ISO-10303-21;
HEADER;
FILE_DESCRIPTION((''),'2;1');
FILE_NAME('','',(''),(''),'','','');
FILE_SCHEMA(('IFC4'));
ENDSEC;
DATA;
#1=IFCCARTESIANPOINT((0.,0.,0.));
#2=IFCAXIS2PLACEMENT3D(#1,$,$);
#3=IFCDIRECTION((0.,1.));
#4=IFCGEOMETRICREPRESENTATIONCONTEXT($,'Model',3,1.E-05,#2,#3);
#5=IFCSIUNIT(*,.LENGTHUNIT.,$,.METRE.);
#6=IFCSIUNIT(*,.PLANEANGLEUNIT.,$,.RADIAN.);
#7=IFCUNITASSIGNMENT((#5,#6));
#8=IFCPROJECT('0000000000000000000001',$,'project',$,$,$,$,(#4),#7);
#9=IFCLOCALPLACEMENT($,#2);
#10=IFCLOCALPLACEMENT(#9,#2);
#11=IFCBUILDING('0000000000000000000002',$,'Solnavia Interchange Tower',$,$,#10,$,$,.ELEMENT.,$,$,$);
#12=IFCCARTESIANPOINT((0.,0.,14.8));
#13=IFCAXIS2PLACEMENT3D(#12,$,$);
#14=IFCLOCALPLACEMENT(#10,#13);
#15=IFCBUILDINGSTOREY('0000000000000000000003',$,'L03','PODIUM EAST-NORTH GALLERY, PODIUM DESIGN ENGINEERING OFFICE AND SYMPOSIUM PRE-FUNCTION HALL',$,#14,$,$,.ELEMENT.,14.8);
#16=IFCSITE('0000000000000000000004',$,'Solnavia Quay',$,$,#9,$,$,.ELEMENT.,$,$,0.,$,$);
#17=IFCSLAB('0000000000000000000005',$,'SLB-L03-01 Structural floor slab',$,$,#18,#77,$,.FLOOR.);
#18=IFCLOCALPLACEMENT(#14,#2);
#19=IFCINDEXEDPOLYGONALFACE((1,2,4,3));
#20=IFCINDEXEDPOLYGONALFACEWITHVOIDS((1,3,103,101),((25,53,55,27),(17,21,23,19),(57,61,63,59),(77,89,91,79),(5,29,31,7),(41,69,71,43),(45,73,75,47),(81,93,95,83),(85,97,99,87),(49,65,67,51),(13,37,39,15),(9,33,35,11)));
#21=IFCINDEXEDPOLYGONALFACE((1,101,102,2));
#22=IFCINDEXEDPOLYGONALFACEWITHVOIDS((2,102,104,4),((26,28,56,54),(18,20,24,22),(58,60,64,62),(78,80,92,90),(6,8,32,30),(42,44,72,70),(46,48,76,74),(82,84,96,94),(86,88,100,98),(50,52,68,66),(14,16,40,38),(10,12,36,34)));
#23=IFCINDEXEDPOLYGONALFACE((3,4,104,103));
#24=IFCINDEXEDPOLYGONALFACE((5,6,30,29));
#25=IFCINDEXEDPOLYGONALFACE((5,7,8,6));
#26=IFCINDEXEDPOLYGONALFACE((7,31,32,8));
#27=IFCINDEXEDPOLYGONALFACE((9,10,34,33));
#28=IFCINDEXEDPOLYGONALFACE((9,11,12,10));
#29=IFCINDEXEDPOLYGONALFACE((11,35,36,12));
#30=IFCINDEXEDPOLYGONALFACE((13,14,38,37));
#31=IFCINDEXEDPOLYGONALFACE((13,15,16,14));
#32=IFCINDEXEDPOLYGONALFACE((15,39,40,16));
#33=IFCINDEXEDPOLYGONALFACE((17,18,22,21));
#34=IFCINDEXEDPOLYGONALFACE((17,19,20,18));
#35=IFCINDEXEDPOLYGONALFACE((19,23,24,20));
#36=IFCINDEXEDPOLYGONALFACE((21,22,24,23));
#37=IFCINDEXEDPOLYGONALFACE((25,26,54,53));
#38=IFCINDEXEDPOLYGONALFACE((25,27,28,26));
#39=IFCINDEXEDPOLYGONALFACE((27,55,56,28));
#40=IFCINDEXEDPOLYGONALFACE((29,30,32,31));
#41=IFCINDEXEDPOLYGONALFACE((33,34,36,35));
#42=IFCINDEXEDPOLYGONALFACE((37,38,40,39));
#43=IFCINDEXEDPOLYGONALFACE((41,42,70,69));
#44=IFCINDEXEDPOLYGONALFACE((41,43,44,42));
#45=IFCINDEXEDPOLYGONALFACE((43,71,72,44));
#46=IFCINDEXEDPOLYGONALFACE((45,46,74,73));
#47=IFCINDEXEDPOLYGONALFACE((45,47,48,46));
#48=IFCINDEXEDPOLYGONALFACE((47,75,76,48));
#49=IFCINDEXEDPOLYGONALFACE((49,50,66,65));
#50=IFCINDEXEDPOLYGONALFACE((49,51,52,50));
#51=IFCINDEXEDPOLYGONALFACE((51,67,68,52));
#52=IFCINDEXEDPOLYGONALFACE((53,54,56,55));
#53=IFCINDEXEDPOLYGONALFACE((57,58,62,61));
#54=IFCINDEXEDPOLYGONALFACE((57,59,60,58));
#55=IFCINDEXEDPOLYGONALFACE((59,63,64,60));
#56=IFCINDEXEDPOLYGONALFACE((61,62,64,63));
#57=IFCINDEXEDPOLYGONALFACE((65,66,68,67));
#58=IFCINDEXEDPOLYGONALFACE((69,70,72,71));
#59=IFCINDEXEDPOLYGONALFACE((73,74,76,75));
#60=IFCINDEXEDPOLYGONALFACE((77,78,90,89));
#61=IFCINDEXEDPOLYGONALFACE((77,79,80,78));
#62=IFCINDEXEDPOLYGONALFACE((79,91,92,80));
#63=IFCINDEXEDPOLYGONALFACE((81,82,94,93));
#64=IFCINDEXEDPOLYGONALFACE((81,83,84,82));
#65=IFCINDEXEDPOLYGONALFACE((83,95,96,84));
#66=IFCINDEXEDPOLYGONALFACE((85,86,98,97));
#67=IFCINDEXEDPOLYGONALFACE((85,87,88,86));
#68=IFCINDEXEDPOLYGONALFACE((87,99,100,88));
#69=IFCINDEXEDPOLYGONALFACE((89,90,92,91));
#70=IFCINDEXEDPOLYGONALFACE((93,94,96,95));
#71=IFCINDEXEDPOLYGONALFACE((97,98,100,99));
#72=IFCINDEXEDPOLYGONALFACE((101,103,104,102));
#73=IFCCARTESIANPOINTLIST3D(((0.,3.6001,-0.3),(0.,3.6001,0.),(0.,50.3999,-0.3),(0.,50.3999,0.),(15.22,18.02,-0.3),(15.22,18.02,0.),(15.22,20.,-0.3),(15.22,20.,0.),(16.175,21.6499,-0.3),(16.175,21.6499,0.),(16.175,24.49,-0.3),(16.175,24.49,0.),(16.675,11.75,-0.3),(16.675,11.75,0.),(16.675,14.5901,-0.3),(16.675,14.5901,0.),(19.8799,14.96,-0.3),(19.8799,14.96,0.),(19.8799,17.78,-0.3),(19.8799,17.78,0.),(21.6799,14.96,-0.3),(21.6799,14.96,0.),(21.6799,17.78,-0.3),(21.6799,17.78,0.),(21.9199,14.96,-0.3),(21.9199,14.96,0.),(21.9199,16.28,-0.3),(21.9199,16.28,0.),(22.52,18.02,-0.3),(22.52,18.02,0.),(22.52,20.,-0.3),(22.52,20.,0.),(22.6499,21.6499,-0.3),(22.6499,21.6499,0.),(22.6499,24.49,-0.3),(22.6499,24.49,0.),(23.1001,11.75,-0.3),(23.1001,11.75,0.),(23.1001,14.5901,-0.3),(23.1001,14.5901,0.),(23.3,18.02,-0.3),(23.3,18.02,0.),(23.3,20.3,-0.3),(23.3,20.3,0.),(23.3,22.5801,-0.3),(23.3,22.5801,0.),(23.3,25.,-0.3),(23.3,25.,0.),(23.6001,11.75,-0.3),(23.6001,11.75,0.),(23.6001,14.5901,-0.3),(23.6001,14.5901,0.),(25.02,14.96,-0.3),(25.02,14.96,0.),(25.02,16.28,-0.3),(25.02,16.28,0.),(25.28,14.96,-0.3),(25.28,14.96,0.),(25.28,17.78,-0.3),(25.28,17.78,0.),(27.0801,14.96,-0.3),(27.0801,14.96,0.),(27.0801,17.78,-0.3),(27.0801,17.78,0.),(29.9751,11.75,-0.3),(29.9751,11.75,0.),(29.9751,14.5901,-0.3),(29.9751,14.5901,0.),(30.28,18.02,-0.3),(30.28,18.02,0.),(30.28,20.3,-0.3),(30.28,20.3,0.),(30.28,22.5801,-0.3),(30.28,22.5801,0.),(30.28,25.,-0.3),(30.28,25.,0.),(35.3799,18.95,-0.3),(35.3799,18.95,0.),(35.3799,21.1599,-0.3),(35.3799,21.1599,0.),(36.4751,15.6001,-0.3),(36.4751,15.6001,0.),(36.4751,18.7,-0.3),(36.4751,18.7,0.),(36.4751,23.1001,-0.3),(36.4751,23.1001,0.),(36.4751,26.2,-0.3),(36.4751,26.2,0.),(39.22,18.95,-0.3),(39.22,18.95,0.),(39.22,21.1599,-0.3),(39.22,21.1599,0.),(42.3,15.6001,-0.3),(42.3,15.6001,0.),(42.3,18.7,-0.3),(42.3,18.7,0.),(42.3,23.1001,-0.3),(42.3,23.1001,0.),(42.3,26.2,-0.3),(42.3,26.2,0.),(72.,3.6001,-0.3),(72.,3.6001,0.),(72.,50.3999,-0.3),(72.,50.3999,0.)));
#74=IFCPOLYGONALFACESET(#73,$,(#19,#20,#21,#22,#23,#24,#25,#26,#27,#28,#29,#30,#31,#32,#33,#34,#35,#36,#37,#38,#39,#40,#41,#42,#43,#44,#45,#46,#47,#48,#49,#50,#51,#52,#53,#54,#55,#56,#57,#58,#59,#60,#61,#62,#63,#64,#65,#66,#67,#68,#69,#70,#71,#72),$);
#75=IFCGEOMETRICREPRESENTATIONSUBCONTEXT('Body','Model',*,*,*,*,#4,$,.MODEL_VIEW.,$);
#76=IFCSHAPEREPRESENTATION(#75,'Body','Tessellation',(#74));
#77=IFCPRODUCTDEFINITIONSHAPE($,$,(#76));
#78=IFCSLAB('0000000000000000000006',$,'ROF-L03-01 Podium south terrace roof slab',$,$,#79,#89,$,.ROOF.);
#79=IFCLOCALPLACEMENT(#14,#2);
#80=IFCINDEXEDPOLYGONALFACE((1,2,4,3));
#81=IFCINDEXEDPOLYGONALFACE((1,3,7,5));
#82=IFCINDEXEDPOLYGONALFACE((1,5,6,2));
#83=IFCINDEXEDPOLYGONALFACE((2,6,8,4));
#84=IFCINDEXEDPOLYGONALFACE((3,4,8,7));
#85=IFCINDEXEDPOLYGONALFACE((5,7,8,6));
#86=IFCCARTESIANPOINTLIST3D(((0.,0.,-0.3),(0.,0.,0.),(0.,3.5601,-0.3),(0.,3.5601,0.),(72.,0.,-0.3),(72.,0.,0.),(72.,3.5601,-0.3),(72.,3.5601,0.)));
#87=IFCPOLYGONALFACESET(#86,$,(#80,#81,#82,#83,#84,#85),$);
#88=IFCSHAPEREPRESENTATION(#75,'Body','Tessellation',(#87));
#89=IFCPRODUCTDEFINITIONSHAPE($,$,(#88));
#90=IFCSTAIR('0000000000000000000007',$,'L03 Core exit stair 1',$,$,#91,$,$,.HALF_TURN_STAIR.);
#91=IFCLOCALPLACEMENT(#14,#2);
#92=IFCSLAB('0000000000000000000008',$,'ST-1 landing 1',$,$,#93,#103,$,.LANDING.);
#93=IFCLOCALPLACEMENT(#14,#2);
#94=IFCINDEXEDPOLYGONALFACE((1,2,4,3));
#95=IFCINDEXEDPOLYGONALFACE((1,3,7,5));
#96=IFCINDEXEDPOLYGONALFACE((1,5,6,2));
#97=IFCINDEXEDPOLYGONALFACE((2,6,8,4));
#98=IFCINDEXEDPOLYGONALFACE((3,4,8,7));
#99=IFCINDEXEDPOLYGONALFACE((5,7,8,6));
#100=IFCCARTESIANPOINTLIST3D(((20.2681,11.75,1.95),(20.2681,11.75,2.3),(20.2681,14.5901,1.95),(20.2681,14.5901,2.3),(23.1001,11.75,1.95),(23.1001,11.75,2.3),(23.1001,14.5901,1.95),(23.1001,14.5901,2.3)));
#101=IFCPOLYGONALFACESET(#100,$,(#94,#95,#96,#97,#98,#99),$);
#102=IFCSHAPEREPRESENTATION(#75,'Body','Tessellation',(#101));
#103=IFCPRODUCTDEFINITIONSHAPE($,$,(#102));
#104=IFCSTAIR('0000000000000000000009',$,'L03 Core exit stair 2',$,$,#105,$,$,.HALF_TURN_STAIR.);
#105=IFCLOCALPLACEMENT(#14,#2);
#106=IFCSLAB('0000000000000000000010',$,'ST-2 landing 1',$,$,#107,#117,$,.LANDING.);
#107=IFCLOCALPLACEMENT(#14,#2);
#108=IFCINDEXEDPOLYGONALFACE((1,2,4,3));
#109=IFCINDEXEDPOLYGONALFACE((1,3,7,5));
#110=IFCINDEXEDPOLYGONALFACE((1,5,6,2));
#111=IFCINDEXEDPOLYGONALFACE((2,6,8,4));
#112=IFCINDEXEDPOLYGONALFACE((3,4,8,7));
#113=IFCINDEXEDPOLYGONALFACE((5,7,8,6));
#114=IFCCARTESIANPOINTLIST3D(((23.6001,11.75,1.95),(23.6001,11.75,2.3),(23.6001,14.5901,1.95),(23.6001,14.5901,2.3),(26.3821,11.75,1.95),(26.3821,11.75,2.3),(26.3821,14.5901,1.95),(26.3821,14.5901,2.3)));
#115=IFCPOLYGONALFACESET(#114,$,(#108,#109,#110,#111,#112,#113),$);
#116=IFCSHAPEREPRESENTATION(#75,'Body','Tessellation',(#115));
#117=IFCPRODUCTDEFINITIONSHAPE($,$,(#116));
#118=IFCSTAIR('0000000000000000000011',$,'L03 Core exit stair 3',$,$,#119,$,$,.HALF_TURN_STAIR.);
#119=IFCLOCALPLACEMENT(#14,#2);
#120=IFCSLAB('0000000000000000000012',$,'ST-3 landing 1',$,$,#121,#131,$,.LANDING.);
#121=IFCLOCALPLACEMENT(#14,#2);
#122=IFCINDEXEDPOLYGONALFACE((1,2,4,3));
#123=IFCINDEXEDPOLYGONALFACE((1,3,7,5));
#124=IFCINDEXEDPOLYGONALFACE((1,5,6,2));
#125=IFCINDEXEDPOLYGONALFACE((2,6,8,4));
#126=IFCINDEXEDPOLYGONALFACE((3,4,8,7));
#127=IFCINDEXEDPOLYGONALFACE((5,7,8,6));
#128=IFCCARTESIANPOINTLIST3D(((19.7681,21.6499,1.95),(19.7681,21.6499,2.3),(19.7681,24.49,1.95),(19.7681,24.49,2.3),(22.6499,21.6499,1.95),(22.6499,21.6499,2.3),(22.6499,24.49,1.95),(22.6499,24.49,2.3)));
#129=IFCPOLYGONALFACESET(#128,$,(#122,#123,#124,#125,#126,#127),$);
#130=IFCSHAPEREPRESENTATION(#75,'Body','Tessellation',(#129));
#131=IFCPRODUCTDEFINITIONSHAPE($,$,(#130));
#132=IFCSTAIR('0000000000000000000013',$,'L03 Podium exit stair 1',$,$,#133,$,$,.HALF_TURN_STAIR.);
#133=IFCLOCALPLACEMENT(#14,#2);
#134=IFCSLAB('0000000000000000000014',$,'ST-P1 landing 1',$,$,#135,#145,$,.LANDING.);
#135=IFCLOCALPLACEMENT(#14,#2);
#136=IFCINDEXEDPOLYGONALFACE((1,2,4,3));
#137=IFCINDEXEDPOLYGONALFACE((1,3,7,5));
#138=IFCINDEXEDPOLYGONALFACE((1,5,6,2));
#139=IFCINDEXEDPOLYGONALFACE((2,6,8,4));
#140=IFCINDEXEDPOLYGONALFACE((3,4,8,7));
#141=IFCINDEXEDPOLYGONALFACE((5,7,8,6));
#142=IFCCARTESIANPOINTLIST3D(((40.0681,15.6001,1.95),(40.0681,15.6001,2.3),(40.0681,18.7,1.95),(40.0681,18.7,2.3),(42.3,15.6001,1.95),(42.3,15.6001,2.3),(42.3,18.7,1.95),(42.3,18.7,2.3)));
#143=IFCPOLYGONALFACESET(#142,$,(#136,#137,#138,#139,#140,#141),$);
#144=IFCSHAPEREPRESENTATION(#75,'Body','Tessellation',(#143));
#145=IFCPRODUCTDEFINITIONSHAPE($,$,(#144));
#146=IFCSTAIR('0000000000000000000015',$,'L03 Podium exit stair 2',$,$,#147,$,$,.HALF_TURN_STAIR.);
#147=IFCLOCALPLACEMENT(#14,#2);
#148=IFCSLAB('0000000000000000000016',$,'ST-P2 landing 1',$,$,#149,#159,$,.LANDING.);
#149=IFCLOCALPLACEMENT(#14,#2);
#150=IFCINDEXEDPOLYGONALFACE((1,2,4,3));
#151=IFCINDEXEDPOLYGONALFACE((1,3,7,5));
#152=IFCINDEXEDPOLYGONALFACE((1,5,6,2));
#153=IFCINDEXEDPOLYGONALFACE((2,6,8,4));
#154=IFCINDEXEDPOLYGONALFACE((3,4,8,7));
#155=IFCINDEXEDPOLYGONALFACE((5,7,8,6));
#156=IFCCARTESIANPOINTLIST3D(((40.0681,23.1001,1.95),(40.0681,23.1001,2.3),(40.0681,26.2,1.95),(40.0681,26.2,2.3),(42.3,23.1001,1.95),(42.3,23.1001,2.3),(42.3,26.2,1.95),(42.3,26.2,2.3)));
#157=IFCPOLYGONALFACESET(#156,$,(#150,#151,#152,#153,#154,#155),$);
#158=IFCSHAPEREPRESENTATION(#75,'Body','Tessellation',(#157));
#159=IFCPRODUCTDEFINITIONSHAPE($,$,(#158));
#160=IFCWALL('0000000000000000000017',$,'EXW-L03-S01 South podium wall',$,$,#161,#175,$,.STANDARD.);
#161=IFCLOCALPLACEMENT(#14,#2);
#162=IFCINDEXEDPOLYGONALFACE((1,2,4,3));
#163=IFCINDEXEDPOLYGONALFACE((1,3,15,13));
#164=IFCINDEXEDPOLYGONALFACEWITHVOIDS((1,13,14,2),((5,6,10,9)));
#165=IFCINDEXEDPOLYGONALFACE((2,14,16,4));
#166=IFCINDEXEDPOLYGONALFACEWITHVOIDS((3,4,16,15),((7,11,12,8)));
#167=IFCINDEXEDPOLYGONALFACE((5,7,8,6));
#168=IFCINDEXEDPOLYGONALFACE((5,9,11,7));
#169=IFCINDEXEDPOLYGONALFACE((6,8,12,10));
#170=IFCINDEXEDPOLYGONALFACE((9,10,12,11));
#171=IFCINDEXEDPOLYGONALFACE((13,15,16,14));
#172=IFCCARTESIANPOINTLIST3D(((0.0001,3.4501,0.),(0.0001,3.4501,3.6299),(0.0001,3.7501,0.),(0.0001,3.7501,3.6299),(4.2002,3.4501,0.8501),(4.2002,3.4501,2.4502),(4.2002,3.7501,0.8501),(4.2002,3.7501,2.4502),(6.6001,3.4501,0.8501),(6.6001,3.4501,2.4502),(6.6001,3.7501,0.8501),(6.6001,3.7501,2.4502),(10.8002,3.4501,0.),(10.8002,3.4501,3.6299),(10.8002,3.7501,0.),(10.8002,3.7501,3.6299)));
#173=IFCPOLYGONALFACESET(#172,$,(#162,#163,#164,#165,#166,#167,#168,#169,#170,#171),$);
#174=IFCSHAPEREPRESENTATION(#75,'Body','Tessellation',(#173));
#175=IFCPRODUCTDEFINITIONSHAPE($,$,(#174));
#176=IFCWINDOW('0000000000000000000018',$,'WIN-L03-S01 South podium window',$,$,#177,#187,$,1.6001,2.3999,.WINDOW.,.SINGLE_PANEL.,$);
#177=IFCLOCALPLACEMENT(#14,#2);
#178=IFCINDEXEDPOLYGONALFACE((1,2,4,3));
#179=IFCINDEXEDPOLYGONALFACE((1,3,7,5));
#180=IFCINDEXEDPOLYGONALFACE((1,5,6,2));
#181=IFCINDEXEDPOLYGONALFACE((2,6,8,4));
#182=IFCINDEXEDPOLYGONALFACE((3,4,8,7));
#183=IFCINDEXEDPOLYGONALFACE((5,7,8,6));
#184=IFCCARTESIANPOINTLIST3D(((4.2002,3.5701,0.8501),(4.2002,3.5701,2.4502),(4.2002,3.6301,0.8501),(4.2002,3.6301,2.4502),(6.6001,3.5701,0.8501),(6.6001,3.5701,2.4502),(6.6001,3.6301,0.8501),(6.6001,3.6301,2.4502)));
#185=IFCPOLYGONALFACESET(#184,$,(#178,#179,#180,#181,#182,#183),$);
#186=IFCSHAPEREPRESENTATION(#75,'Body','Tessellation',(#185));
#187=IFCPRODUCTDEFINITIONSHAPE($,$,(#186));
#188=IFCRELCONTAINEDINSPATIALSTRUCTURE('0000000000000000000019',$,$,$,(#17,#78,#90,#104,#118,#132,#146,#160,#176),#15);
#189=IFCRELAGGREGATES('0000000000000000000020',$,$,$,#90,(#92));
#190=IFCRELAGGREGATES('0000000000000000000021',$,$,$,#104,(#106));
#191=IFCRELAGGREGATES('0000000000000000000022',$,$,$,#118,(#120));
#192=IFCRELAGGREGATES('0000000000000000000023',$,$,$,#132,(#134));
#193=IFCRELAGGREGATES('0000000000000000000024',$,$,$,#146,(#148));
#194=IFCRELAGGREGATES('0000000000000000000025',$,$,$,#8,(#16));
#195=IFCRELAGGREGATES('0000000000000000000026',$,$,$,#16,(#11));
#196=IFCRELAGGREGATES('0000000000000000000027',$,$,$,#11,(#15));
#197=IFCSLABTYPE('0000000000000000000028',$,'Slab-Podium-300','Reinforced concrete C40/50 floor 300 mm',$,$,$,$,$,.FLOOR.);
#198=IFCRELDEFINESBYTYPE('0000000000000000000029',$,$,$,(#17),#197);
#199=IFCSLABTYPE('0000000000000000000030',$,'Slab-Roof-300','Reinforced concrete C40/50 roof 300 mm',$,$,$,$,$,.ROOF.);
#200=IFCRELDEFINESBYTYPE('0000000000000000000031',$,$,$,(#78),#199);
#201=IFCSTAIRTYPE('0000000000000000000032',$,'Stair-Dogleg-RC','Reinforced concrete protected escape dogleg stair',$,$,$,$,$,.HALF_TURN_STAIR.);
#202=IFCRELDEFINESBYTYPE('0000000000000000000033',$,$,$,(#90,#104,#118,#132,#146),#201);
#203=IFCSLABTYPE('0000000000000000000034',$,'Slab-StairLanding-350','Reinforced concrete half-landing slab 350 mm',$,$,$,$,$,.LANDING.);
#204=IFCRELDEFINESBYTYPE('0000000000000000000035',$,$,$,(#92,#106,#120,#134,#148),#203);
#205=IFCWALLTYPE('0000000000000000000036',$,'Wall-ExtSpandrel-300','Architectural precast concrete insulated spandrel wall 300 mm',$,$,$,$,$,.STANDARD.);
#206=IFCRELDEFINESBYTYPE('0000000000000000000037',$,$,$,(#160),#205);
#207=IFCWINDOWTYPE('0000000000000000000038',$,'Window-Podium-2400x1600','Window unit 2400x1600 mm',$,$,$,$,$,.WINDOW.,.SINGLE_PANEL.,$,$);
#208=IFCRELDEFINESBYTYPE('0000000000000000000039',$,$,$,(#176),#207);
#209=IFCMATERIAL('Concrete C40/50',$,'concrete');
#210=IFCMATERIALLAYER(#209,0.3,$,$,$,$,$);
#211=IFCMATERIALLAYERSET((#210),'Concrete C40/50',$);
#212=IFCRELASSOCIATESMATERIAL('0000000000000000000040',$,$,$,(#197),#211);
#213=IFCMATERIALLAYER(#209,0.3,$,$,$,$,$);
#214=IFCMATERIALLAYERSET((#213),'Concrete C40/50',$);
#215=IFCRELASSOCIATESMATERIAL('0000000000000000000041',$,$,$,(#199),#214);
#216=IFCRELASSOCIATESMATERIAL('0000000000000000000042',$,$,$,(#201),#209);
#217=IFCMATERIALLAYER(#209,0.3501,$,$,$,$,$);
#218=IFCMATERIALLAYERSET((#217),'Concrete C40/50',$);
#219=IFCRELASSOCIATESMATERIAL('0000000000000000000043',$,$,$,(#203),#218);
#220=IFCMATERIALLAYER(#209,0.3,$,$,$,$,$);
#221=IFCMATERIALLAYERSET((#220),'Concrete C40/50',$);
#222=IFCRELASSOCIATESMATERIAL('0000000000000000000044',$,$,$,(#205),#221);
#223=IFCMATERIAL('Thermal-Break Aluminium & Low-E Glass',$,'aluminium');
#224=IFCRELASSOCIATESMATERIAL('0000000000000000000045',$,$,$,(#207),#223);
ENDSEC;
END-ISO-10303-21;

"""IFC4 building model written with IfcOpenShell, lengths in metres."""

from ifc_helpers import new_model, si_unit, direction, frame, frame_2d, origin, place, context, subcontext, project, spatial, polyline, rectangle, outline, extrude, material, layer, layer_set, type_object, element, fill, aggregate, save


model = new_model("IFC4")

# Units and contexts
model_context = context("Model", 3, precision=1e-05, world=origin(), true_north=direction((0.0, 1.0)))
body_context = subcontext(model_context, "Body", "Model", "MODEL_VIEW")
ifc_project = project(units=[si_unit("LENGTHUNIT", "METRE"), si_unit("PLANEANGLEUNIT", "RADIAN")], contexts=[model_context])

# Site, building, storey
site_placement = place(None, origin())
site = spatial("IfcSite", under=ifc_project, at=site_placement, Name="Solnavia Quay", CompositionType="ELEMENT", RefElevation=0.0)
building_placement = place(site_placement, origin())
building = spatial("IfcBuilding", under=site, at=building_placement, Name="Solnavia Interchange Tower", CompositionType="ELEMENT")
storey_placement = place(building_placement, frame((0.0, 0.0, 14.8)))
storey = spatial("IfcBuildingStorey", under=building, at=storey_placement, Name="L03", Description="PODIUM EAST-NORTH GALLERY, PODIUM DESIGN ENGINEERING OFFICE AND SYMPOSIUM PRE-FUNCTION HALL", CompositionType="ELEMENT", Elevation=14.8)

# Slabs
ifc_material_1 = material(Name="Concrete C40/50", Category="concrete")
ifc_layer_1 = layer(ifc_material_1, 0.3)
ifc_layer_set_1 = layer_set([ifc_layer_1], Name="Concrete C40/50")
slab_type_1 = type_object("IfcSlabType", Name="Slab-Podium-300", Description="Reinforced concrete C40/50 floor 300 mm", PredefinedType="FLOOR", material=ifc_layer_set_1)
slab_1_placement = place(storey_placement, frame((0.0, 0.0, -0.3)))
element("IfcSlab", 1, at=slab_1_placement, inside=storey, type_object=slab_type_1, Name="SLB-L03-01 Structural floor slab", PredefinedType="FLOOR", context=body_context, shape_type="SweptSolid", body=[
    extrude(outline(polyline([(0.0, 3.6001), (72.0, 3.6001), (72.0, 50.3999), (0.0, 50.3999), (0.0, 3.6001)]), holes=[polyline([(16.675, 11.75), (23.1001, 11.75), (23.1001, 14.5901), (16.675, 14.5901), (16.675, 11.75)]), polyline([(23.6001, 11.75), (29.9751, 11.75), (29.9751, 14.5901), (23.6001, 14.5901), (23.6001, 11.75)]), polyline([(16.175, 21.6499), (22.6499, 21.6499), (22.6499, 24.49), (16.175, 24.49), (16.175, 21.6499)]), polyline([(36.4751, 15.6001), (42.3, 15.6001), (42.3, 18.7), (36.4751, 18.7), (36.4751, 15.6001)]), polyline([(36.4751, 23.1001), (42.3, 23.1001), (42.3, 26.2), (36.4751, 26.2), (36.4751, 23.1001)]), polyline([(19.8799, 14.96), (21.6799, 14.96), (21.6799, 17.78), (19.8799, 17.78), (19.8799, 14.96)]), polyline([(25.28, 14.96), (27.0801, 14.96), (27.0801, 17.78), (25.28, 17.78), (25.28, 14.96)]), polyline([(21.9199, 14.96), (25.02, 14.96), (25.02, 16.28), (21.9199, 16.28), (21.9199, 14.96)]), polyline([(15.22, 18.02), (22.52, 18.02), (22.52, 20.0), (15.22, 20.0), (15.22, 18.02)]), polyline([(23.3, 18.02), (30.28, 18.02), (30.28, 20.3), (23.3, 20.3), (23.3, 18.02)]), polyline([(23.3, 22.5801), (30.28, 22.5801), (30.28, 25.0), (23.3, 25.0), (23.3, 22.5801)]), polyline([(35.3799, 18.95), (39.22, 18.95), (39.22, 21.1599), (35.3799, 21.1599), (35.3799, 18.95)])]), origin(), (0.0, 0.0, 1.0), 0.3),
])
ifc_layer_2 = layer(ifc_material_1, 0.3)
ifc_layer_set_2 = layer_set([ifc_layer_2], Name="Concrete C40/50")
slab_type_2 = type_object("IfcSlabType", Name="Slab-Roof-300", Description="Reinforced concrete C40/50 roof 300 mm", PredefinedType="ROOF", material=ifc_layer_set_2)
slab_2_placement = place(storey_placement, frame((0.0, 0.0, -0.3)))
element("IfcSlab", 2, at=slab_2_placement, inside=storey, type_object=slab_type_2, Name="ROF-L03-01 Podium south terrace roof slab", PredefinedType="ROOF", context=body_context, shape_type="SweptSolid", body=[
    extrude(outline(polyline([(0.0, 0.0), (72.0, 0.0), (72.0, 3.5601), (0.0, 3.5601), (0.0, 0.0)])), origin(), (0.0, 0.0, 1.0), 0.3),
])

# Stairs, slabs
stair_type = type_object("IfcStairType", Name="Stair-Dogleg-RC", Description="Reinforced concrete protected escape dogleg stair", PredefinedType="HALF_TURN_STAIR", material=ifc_material_1)
stair_1_placement = place(storey_placement, origin())
stair_1 = element("IfcStair", 3, at=stair_1_placement, inside=storey, type_object=stair_type, Name="L03 Core exit stair 1", PredefinedType="HALF_TURN_STAIR")
ifc_layer_3 = layer(ifc_material_1, 0.3501)
ifc_layer_set_3 = layer_set([ifc_layer_3], Name="Concrete C40/50")
slab_type_3 = type_object("IfcSlabType", Name="Slab-StairLanding-350", Description="Reinforced concrete half-landing slab 350 mm", PredefinedType="LANDING", material=ifc_layer_set_3)
slab_3_placement = place(storey_placement, frame((0.0, 0.0, 1.95)))
slab_3 = element("IfcSlab", 4, at=slab_3_placement, type_object=slab_type_3, Name="ST-1 landing 1", PredefinedType="LANDING", context=body_context, shape_type="SweptSolid", body=[
    extrude(outline(polyline([(20.2681, 11.75), (23.1001, 11.75), (23.1001, 14.5901), (20.2681, 14.5901), (20.2681, 11.75)])), origin(), (0.0, 0.0, 1.0), 0.3501),
])
aggregate(stair_1, [slab_3])
stair_2_placement = place(storey_placement, origin())
stair_2 = element("IfcStair", 5, at=stair_2_placement, inside=storey, type_object=stair_type, Name="L03 Core exit stair 2", PredefinedType="HALF_TURN_STAIR")
slab_4_placement = place(storey_placement, frame((0.0, 0.0, 1.95)))
slab_4 = element("IfcSlab", 6, at=slab_4_placement, type_object=slab_type_3, Name="ST-2 landing 1", PredefinedType="LANDING", context=body_context, shape_type="SweptSolid", body=[
    extrude(outline(polyline([(23.6001, 11.75), (26.3821, 11.75), (26.3821, 14.5901), (23.6001, 14.5901), (23.6001, 11.75)])), origin(), (0.0, 0.0, 1.0), 0.3501),
])
aggregate(stair_2, [slab_4])
stair_3_placement = place(storey_placement, origin())
stair_3 = element("IfcStair", 7, at=stair_3_placement, inside=storey, type_object=stair_type, Name="L03 Core exit stair 3", PredefinedType="HALF_TURN_STAIR")
slab_5_placement = place(storey_placement, frame((0.0, 0.0, 1.95)))
slab_5 = element("IfcSlab", 8, at=slab_5_placement, type_object=slab_type_3, Name="ST-3 landing 1", PredefinedType="LANDING", context=body_context, shape_type="SweptSolid", body=[
    extrude(outline(polyline([(19.7681, 21.6499), (22.6499, 21.6499), (22.6499, 24.49), (19.7681, 24.49), (19.7681, 21.6499)])), origin(), (0.0, 0.0, 1.0), 0.3501),
])
aggregate(stair_3, [slab_5])
stair_4_placement = place(storey_placement, origin())
stair_4 = element("IfcStair", 9, at=stair_4_placement, inside=storey, type_object=stair_type, Name="L03 Podium exit stair 1", PredefinedType="HALF_TURN_STAIR")
slab_6_placement = place(storey_placement, frame((0.0, 0.0, 1.95)))
slab_6 = element("IfcSlab", 10, at=slab_6_placement, type_object=slab_type_3, Name="ST-P1 landing 1", PredefinedType="LANDING", context=body_context, shape_type="SweptSolid", body=[
    extrude(outline(polyline([(40.0681, 15.6001), (42.3, 15.6001), (42.3, 18.7), (40.0681, 18.7), (40.0681, 15.6001)])), origin(), (0.0, 0.0, 1.0), 0.3501),
])
aggregate(stair_4, [slab_6])
stair_5_placement = place(storey_placement, origin())
stair_5 = element("IfcStair", 11, at=stair_5_placement, inside=storey, type_object=stair_type, Name="L03 Podium exit stair 2", PredefinedType="HALF_TURN_STAIR")
slab_7_placement = place(storey_placement, frame((0.0, 0.0, 1.95)))
slab_7 = element("IfcSlab", 12, at=slab_7_placement, type_object=slab_type_3, Name="ST-P2 landing 1", PredefinedType="LANDING", context=body_context, shape_type="SweptSolid", body=[
    extrude(outline(polyline([(40.0681, 23.1001), (42.3, 23.1001), (42.3, 26.2), (40.0681, 26.2), (40.0681, 23.1001)])), origin(), (0.0, 0.0, 1.0), 0.3501),
])
aggregate(stair_5, [slab_7])

# Wall, opening, window
ifc_layer_4 = layer(ifc_material_1, 0.3)
ifc_layer_set_4 = layer_set([ifc_layer_4], Name="Concrete C40/50")
wall_type_1 = type_object("IfcWallType", Name="Wall-ExtSpandrel-300", Description="Architectural precast concrete insulated spandrel wall 300 mm", PredefinedType="STANDARD", material=ifc_layer_set_4)
wall_1_placement = place(storey_placement, frame((10.8, 3.6001, 0.0), z_axis=(0.0, 0.0, 1.0), x_axis=(-1.0, 0.0, 0.0)))
wall_1 = element("IfcWall", 13, at=wall_1_placement, inside=storey, type_object=wall_type_1, Name="EXW-L03-S01 South podium wall", PredefinedType="STANDARD", context=body_context, shape_type="SweptSolid", body=[
    extrude(rectangle(XDim=10.8, YDim=0.3, at=frame_2d((5.3999, 0.0))), origin(), (0.0, 0.0, 1.0), 3.6299),
])
opening_1_placement = place(wall_1_placement, frame((4.2, 0.0, 0.8501)))
opening_1 = element("IfcOpeningElement", 14, at=opening_1_placement, cuts=wall_1, PredefinedType="OPENING", context=body_context, shape_type="SweptSolid", body=[
    extrude(rectangle(XDim=2.3999, YDim=1.6001, at=frame_2d((1.2, 0.8))), frame((0.0, 0.1602, 0.0), z_axis=(0.0, -1.0, 0.0), x_axis=(1.0, 0.0, 0.0)), (0.0, 0.0, 1.0), 0.3201),
])
ifc_material_2 = material(Name="Thermal-Break Aluminium & Low-E Glass", Category="aluminium")
window_type = type_object("IfcWindowType", Name="Window-Podium-2400x1600", Description="Window unit 2400x1600 mm", PartitioningType="SINGLE_PANEL", PredefinedType="WINDOW", material=ifc_material_2)
window_1_placement = place(opening_1_placement, origin())
window_1 = element("IfcWindow", 15, at=window_1_placement, inside=storey, type_object=window_type, Name="WIN-L03-S01 South podium window", OverallHeight=1.6001, OverallWidth=2.3999, PartitioningType="SINGLE_PANEL", PredefinedType="WINDOW", context=body_context, shape_type="SweptSolid", body=[
    extrude(rectangle(XDim=2.3999, YDim=1.6001, at=frame_2d((1.2, 0.8))), frame((0.0, 0.03, 0.0), z_axis=(0.0, -1.0, 0.0), x_axis=(1.0, 0.0, 0.0)), (0.0, 0.0, 1.0), 0.0601),
])
fill(opening_1, window_1)

save(model, "model.ifc")
